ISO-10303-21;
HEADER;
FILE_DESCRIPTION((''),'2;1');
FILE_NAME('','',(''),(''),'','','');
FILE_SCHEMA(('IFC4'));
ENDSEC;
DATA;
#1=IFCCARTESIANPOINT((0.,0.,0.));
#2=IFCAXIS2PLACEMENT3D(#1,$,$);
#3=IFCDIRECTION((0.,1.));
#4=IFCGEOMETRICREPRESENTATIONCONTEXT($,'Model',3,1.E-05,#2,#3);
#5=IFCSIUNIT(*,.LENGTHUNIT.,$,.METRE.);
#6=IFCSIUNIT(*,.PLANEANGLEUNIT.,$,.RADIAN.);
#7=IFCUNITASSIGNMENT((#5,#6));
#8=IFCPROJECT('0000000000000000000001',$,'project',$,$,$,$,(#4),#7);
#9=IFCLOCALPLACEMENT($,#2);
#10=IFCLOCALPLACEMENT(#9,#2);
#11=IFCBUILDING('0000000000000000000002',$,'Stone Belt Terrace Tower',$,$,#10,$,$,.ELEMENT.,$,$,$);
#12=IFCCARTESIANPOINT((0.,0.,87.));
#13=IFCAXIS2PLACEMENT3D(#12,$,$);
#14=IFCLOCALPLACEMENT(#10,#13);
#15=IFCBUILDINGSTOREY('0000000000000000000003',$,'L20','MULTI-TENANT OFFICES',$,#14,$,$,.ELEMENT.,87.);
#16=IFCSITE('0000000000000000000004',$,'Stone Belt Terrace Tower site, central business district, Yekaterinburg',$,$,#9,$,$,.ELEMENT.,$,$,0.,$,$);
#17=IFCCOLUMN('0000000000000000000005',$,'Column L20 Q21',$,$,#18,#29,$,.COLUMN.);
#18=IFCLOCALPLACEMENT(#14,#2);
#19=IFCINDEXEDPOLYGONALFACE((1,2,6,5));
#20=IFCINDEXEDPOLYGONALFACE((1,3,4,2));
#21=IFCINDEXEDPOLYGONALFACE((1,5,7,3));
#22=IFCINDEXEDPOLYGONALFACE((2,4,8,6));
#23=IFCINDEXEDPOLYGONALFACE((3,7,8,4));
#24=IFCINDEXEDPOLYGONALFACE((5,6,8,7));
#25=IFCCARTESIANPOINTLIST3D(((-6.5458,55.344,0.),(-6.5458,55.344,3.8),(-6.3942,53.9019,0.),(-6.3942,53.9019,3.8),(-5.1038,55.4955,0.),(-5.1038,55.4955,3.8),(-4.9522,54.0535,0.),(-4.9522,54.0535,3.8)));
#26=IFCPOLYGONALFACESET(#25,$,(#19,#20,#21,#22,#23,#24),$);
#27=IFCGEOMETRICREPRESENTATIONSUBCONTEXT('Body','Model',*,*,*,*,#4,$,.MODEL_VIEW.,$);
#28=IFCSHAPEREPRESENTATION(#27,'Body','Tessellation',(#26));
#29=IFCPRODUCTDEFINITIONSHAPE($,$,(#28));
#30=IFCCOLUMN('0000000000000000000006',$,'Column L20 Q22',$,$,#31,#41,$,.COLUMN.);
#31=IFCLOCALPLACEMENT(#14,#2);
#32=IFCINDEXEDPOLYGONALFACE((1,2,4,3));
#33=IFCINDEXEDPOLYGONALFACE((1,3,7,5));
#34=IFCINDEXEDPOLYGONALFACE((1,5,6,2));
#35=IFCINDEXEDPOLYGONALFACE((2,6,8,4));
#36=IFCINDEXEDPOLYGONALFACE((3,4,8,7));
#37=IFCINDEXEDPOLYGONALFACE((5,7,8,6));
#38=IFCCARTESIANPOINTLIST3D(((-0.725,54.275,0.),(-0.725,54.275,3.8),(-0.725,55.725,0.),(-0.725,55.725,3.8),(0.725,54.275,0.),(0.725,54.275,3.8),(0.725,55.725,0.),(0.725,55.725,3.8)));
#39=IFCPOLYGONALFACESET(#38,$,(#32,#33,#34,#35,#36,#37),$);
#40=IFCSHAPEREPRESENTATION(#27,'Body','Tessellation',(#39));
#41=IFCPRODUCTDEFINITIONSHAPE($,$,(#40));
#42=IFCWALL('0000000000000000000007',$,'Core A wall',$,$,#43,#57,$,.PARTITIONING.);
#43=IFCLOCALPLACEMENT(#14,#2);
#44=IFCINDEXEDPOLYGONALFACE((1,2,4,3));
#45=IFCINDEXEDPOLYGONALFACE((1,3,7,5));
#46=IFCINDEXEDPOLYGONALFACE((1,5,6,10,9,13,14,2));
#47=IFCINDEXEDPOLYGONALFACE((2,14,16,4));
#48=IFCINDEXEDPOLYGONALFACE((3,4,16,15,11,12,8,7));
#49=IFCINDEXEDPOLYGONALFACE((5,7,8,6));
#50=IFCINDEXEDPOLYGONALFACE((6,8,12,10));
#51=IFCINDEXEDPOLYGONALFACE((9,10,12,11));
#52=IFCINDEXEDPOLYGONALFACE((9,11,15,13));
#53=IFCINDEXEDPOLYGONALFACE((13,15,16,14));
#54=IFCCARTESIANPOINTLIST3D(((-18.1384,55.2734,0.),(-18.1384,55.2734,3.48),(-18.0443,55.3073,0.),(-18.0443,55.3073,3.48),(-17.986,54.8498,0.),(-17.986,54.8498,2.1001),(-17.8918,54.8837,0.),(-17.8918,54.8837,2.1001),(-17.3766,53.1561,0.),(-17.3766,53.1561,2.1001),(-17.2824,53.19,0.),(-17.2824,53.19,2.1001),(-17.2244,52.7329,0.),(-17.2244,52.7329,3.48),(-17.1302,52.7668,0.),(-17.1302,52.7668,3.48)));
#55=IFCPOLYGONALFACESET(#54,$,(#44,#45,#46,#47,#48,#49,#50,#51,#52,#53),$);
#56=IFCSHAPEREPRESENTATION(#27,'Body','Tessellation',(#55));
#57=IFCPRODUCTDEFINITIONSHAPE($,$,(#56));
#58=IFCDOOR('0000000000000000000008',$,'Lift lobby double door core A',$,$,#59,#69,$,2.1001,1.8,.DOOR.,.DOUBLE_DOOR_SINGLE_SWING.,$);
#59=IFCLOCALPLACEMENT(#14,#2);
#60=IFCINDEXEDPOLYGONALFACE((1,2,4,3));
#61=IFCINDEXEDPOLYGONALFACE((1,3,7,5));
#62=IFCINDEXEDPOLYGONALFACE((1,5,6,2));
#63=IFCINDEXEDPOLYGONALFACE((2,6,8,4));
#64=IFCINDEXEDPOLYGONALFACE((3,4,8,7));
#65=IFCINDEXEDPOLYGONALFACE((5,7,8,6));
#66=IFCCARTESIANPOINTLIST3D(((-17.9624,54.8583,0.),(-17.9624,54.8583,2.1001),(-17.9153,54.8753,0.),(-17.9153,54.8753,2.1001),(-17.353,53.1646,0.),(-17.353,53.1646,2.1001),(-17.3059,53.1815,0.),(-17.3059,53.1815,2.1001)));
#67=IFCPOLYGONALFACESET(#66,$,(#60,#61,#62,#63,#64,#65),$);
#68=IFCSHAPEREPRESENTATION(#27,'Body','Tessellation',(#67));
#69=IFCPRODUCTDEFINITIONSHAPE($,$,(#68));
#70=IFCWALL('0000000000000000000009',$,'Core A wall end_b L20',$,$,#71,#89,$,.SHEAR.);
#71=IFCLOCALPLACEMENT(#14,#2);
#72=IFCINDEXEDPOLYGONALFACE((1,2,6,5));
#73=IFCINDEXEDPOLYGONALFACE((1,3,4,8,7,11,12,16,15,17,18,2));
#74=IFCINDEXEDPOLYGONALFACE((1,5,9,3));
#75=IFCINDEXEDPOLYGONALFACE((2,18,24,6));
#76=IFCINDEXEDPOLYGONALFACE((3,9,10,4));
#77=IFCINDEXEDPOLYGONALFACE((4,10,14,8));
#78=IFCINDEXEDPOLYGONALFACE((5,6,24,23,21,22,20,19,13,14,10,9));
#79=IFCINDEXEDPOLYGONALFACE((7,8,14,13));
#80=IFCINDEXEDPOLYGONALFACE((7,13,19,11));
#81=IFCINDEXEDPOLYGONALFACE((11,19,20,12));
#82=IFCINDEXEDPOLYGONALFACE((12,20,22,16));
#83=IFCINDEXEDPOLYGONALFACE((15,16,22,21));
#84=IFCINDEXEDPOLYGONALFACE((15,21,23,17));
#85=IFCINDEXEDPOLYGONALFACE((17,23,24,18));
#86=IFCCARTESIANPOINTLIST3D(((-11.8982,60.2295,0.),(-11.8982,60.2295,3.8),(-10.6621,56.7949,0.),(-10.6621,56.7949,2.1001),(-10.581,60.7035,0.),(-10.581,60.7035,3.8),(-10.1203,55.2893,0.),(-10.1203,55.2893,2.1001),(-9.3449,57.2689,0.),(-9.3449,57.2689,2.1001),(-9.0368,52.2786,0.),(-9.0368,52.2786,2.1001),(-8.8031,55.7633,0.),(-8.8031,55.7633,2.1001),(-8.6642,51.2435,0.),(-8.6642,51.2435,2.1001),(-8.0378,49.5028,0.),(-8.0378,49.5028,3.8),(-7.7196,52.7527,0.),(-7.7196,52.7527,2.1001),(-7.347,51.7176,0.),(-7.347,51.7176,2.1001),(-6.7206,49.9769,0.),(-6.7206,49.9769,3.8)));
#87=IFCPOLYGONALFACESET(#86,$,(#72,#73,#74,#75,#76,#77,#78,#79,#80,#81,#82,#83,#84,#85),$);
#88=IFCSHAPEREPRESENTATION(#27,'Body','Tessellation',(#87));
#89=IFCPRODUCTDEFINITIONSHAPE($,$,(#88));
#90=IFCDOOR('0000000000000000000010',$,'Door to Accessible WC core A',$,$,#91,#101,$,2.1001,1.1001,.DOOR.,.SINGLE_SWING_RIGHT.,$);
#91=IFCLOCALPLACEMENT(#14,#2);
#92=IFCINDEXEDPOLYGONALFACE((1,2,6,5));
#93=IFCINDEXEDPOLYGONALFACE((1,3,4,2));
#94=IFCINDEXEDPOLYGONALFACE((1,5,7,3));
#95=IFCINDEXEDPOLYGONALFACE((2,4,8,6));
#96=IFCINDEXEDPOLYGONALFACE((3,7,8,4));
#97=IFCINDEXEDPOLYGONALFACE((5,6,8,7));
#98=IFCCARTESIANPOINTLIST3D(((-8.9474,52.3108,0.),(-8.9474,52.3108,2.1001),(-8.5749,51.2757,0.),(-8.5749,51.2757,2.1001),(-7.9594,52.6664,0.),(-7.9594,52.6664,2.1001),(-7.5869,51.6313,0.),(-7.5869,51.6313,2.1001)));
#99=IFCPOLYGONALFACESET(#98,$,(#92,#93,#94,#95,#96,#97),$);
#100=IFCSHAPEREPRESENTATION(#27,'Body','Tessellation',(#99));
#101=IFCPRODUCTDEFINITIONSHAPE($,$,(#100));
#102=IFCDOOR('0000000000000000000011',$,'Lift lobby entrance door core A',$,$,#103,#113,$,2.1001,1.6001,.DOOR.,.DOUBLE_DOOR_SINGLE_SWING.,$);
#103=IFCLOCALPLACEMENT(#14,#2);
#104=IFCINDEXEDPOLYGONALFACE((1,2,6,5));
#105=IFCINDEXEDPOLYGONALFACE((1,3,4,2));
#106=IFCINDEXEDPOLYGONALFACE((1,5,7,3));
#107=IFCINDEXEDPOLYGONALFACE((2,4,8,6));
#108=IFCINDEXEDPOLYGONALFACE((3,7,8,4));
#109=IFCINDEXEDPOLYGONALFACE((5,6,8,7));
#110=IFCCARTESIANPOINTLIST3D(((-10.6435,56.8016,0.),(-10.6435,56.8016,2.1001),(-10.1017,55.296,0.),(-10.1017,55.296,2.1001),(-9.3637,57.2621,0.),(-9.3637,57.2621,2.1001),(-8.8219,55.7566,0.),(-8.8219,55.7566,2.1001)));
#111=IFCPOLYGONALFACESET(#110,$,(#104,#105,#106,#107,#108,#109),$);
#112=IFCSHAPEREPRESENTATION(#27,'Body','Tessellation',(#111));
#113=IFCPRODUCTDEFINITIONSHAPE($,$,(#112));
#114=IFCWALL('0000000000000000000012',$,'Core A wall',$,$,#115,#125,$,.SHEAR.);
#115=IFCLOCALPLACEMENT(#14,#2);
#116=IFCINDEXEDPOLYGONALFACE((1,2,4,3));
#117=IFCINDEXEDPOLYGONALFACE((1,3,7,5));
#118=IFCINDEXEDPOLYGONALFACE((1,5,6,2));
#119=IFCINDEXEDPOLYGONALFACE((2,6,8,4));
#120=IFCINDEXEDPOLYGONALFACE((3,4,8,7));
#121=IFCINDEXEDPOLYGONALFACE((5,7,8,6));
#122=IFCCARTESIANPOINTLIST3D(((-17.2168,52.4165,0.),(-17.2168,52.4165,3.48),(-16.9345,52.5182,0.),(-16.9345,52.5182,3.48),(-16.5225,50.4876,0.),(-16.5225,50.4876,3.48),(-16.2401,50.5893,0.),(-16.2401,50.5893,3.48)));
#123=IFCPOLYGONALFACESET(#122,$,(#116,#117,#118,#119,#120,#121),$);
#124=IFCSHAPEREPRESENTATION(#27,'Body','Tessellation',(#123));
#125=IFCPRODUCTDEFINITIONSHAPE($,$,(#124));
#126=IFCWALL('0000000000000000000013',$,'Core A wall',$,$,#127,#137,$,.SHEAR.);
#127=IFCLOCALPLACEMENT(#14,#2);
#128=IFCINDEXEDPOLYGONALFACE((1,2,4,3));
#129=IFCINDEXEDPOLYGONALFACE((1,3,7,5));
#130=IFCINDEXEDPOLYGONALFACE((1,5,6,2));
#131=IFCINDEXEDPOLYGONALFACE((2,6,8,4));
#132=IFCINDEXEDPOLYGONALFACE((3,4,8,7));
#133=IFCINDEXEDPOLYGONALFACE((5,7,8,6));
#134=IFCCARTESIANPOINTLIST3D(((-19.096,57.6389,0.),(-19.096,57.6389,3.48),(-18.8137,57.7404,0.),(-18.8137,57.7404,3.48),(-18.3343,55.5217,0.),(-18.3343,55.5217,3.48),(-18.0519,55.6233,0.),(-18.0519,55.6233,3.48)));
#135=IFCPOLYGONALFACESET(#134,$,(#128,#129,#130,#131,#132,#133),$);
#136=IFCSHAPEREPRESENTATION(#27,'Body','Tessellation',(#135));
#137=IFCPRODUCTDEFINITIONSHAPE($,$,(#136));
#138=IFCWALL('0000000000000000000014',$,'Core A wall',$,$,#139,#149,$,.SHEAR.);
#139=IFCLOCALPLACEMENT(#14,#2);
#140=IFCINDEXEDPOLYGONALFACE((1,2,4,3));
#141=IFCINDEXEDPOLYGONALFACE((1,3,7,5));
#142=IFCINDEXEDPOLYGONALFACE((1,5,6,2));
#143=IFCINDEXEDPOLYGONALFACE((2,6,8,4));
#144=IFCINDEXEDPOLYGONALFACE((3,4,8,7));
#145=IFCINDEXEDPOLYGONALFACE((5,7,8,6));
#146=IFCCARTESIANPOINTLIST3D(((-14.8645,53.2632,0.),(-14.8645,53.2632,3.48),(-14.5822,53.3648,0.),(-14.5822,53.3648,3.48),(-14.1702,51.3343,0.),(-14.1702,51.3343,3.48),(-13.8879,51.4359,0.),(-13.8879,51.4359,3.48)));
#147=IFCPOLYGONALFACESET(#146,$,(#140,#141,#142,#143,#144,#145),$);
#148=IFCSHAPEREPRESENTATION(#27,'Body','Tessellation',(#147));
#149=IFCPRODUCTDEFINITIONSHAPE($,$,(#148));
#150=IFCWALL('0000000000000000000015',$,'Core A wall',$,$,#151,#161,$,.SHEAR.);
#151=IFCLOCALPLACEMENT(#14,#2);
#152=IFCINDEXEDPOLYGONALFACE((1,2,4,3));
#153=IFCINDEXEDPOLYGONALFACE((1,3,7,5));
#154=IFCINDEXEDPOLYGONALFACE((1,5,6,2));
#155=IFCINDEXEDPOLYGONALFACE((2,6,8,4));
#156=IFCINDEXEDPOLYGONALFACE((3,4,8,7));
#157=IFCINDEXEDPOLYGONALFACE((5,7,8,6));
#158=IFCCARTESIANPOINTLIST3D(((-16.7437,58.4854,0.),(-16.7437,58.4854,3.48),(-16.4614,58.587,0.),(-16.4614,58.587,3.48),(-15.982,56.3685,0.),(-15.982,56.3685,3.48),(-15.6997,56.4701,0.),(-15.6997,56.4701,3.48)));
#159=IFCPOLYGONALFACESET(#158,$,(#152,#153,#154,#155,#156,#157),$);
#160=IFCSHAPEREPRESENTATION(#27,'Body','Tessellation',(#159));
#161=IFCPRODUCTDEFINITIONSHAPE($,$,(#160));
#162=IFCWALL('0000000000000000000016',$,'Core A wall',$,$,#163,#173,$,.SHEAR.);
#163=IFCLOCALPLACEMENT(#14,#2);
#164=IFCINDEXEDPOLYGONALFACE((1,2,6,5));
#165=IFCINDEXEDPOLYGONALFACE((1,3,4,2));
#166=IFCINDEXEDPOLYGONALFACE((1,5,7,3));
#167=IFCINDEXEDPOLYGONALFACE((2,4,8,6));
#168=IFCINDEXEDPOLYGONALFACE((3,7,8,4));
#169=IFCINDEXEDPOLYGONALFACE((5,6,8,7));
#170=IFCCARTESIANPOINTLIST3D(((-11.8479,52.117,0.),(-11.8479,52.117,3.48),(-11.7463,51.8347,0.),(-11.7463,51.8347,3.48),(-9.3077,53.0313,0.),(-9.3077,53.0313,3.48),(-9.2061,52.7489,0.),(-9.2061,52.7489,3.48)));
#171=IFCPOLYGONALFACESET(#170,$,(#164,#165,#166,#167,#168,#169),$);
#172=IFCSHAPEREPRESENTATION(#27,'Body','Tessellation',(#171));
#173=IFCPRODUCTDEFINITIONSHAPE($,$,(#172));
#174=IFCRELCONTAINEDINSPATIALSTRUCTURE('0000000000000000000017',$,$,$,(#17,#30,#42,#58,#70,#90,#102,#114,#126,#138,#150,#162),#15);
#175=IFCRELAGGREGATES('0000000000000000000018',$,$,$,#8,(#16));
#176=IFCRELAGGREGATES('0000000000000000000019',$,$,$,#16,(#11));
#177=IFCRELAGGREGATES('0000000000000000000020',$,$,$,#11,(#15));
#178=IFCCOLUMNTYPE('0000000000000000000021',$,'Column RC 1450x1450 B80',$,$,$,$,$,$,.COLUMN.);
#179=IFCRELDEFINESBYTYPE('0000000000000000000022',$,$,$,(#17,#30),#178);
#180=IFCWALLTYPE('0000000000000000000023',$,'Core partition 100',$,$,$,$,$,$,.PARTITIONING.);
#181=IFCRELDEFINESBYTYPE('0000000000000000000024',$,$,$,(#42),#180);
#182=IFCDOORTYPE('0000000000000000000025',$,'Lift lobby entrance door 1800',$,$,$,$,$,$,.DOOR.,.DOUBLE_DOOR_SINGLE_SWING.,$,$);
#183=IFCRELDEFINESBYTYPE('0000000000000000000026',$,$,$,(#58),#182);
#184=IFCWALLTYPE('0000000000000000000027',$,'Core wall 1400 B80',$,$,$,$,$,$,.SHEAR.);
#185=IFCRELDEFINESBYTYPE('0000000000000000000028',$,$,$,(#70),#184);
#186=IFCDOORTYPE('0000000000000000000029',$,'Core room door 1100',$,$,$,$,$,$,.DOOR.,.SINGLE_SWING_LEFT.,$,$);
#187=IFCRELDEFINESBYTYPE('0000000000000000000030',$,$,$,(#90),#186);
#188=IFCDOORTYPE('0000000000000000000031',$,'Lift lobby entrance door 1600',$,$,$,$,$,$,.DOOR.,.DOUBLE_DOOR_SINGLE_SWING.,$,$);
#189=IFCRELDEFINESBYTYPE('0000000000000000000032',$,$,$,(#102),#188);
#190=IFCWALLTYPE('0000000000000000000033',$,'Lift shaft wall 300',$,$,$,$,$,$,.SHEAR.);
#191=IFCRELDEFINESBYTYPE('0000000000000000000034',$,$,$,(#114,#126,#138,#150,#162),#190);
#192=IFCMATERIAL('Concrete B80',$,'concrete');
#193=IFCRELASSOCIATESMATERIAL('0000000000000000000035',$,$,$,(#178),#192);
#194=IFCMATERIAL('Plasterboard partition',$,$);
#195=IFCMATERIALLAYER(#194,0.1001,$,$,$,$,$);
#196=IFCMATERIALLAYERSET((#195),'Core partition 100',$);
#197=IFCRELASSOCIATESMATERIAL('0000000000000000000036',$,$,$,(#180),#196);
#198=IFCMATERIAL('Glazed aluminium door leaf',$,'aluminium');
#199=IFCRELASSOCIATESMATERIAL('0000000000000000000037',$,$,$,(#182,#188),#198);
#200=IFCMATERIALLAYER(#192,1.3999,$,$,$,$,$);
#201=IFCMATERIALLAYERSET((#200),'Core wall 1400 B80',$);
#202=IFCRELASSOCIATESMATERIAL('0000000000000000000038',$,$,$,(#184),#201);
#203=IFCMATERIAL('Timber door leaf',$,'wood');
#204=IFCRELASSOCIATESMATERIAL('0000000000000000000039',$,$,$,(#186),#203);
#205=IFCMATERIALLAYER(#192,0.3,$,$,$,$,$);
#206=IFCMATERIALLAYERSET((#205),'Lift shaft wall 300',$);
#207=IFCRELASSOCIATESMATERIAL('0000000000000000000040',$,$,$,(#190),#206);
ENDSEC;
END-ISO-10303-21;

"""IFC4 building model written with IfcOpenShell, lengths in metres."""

from ifc_helpers import new_model, si_unit, direction, frame, frame_2d, origin, origin_2d, place, context, subcontext, project, spatial, rectangle, extrude, material, layer, layer_set, material_profile, profile_set, type_object, element, fill, save


model = new_model("IFC4")

# Units and contexts
model_context = context("Model", 3, precision=1e-05, world=origin(), true_north=direction((0.0, 1.0)))
body_context = subcontext(model_context, "Body", "Model", "MODEL_VIEW")
ifc_project = project(units=[si_unit("LENGTHUNIT", "METRE"), si_unit("PLANEANGLEUNIT", "RADIAN")], contexts=[model_context])

# Site, building, storey
site_placement = place(None, origin())
site = spatial("IfcSite", under=ifc_project, at=site_placement, Name="Stone Belt Terrace Tower site, central business district, Yekaterinburg", CompositionType="ELEMENT", RefElevation=0.0)
building_placement = place(site_placement, origin())
building = spatial("IfcBuilding", under=site, at=building_placement, Name="Stone Belt Terrace Tower", CompositionType="ELEMENT")
storey_placement = place(building_placement, frame((0.0, 0.0, 87.0)))
storey = spatial("IfcBuildingStorey", under=building, at=storey_placement, Name="L20", Description="MULTI-TENANT OFFICES", CompositionType="ELEMENT", Elevation=87.0)

# Columns
ifc_material_1 = material(Name="Concrete B80", Category="concrete")
ifc_material_profile = material_profile(ifc_material_1, rectangle(XDim=1.45, YDim=1.45, at=origin_2d()), Name="RC 1450x1450")
ifc_profile_set = profile_set([ifc_material_profile], Name="Concrete B80")
column_type = type_object("IfcColumnType", Name="Column RC 1450x1450 B80", PredefinedType="COLUMN", material=ifc_profile_set)
for number, where, z_axis, x_axis, name in (
    (1, (-5.749, 54.6987, 0.0), (0.0, 0.0, 1.0), (0.994522, 0.104528, 0.0), "Column L20 Q21"),
    (2, (0.0, 55.0, 0.0), (0.0, 0.0, 1.0), (1.0, 0.0, 0.0), "Column L20 Q22"),
):
    element("IfcColumn", number, at=place(storey_placement, frame(where, z_axis=z_axis, x_axis=x_axis)), inside=storey, type_object=column_type, Name=name, PredefinedType="COLUMN", context=body_context, shape_type="SweptSolid", body=[
        extrude(rectangle(XDim=1.45, YDim=1.45, at=origin_2d()), origin(), (0.0, 0.0, 1.0), 3.8),
    ])

# Wall, opening, door
ifc_material_2 = material(Name="Plasterboard partition")
ifc_layer_1 = layer(ifc_material_2, 0.1001)
ifc_layer_set_1 = layer_set([ifc_layer_1], Name="Core partition 100")
wall_type_1 = type_object("IfcWallType", Name="Core partition 100", PredefinedType="PARTITIONING", material=ifc_layer_set_1)
wall_1_placement = place(storey_placement, frame((-17.1772, 52.7498, 0.0), z_axis=(0.0, 0.0, 1.0), x_axis=(-0.338547, 0.94095, 0.0)))
wall_1 = element("IfcWall", 3, at=wall_1_placement, inside=storey, type_object=wall_type_1, Name="Core A wall", PredefinedType="PARTITIONING", context=body_context, shape_type="SweptSolid", body=[
    extrude(rectangle(XDim=2.7, YDim=0.1001, at=frame_2d((1.3501, 0.0))), origin(), (0.0, 0.0, 1.0), 3.48),
])
opening_1_placement = place(wall_1_placement, frame((0.45, 0.0, 0.0)))
opening_1 = element("IfcOpeningElement", 4, at=opening_1_placement, cuts=wall_1, PredefinedType="OPENING", context=body_context, shape_type="SweptSolid", body=[
    extrude(rectangle(XDim=1.8, YDim=2.1001, at=frame_2d((0.8999, 1.05))), frame((0.0, 0.0601, 0.0), z_axis=(0.0, -1.0, 0.0), x_axis=(1.0, 0.0, 0.0)), (0.0, 0.0, 1.0), 0.1201),
])
ifc_material_3 = material(Name="Glazed aluminium door leaf", Category="aluminium")
door_type_1 = type_object("IfcDoorType", Name="Lift lobby entrance door 1800", OperationType="DOUBLE_DOOR_SINGLE_SWING", PredefinedType="DOOR", material=ifc_material_3)
door_1_placement = place(opening_1_placement, origin())
door_1 = element("IfcDoor", 5, at=door_1_placement, inside=storey, type_object=door_type_1, Name="Lift lobby double door core A", OperationType="DOUBLE_DOOR_SINGLE_SWING", OverallHeight=2.1001, OverallWidth=1.8, PredefinedType="DOOR", context=body_context, shape_type="SweptSolid", body=[
    extrude(rectangle(XDim=1.8, YDim=2.1001, at=frame_2d((0.8999, 1.05))), frame((0.0, 0.0249, 0.0), z_axis=(0.0, -1.0, 0.0), x_axis=(1.0, 0.0, 0.0)), (0.0, 0.0, 1.0), 0.05),
])
fill(opening_1, door_1)

# Wall, openings, doors
ifc_layer_2 = layer(ifc_material_1, 1.3999)
ifc_layer_set_2 = layer_set([ifc_layer_2], Name="Core wall 1400 B80")
wall_type_2 = type_object("IfcWallType", Name="Core wall 1400 B80", PredefinedType="SHEAR", material=ifc_layer_set_2)
wall_2_placement = place(storey_placement, frame((-7.3792, 49.7397, 0.0), z_axis=(0.0, 0.0, 1.0), x_axis=(-0.338625, 0.940921, 0.0)))
wall_2 = element("IfcWall", 6, at=wall_2_placement, inside=storey, type_object=wall_type_2, Name="Core A wall end_b L20", PredefinedType="SHEAR", context=body_context, shape_type="SweptSolid", body=[
    extrude(rectangle(XDim=11.4001, YDim=1.3999, at=frame_2d((5.7002, 0.0))), origin(), (0.0, 0.0, 1.0), 3.8),
])
opening_2_placement = place(wall_2_placement, frame((6.1499, 0.0, 0.0)))
opening_2 = element("IfcOpeningElement", 7, at=opening_2_placement, cuts=wall_2, PredefinedType="OPENING", context=body_context, shape_type="SweptSolid", body=[
    extrude(rectangle(XDim=1.6001, YDim=2.1001, at=frame_2d((0.8, 1.05))), frame((0.0, 0.71, 0.0), z_axis=(0.0, -1.0, 0.0), x_axis=(1.0, 0.0, 0.0)), (0.0, 0.0, 1.0), 1.4199),
])
opening_3_placement = place(wall_2_placement, frame((1.8501, 0.0, 0.0)))
opening_3 = element("IfcOpeningElement", 8, at=opening_3_placement, cuts=wall_2, PredefinedType="OPENING", context=body_context, shape_type="SweptSolid", body=[
    extrude(rectangle(XDim=1.1001, YDim=2.1001, at=frame_2d((0.55, 1.05))), frame((0.0, 0.71, 0.0), z_axis=(0.0, -1.0, 0.0), x_axis=(1.0, 0.0, 0.0)), (0.0, 0.0, 1.0), 1.4199),
])
ifc_material_4 = material(Name="Timber door leaf", Category="wood")
door_type_2 = type_object("IfcDoorType", Name="Core room door 1100", OperationType="SINGLE_SWING_LEFT", PredefinedType="DOOR", material=ifc_material_4)
door_2_placement = place(opening_3_placement, origin())
door_2 = element("IfcDoor", 9, at=door_2_placement, inside=storey, type_object=door_type_2, Name="Door to Accessible WC core A", OperationType="SINGLE_SWING_RIGHT", OverallHeight=2.1001, OverallWidth=1.1001, PredefinedType="DOOR", context=body_context, shape_type="SweptSolid", body=[
    extrude(rectangle(XDim=1.1001, YDim=2.1001, at=frame_2d((0.55, 1.05))), frame((0.0, 0.605, 0.0), z_axis=(0.0, -1.0, 0.0), x_axis=(1.0, 0.0, 0.0)), (0.0, 0.0, 1.0), 1.05),
])
fill(opening_3, door_2)
door_type_3 = type_object("IfcDoorType", Name="Lift lobby entrance door 1600", OperationType="DOUBLE_DOOR_SINGLE_SWING", PredefinedType="DOOR", material=ifc_material_3)
door_3_placement = place(opening_2_placement, origin())
door_3 = element("IfcDoor", 10, at=door_3_placement, inside=storey, type_object=door_type_3, Name="Lift lobby entrance door core A", OperationType="DOUBLE_DOOR_SINGLE_SWING", OverallHeight=2.1001, OverallWidth=1.6001, PredefinedType="DOOR", context=body_context, shape_type="SweptSolid", body=[
    extrude(rectangle(XDim=1.6001, YDim=2.1001, at=frame_2d((0.8, 1.05))), frame((0.0, 0.6802, 0.0), z_axis=(0.0, -1.0, 0.0), x_axis=(1.0, 0.0, 0.0)), (0.0, 0.0, 1.0), 1.3601),
])
fill(opening_2, door_3)

# Walls
ifc_layer_3 = layer(ifc_material_1, 0.3)
ifc_layer_set_3 = layer_set([ifc_layer_3], Name="Lift shaft wall 300")
wall_type_3 = type_object("IfcWallType", Name="Lift shaft wall 300", PredefinedType="SHEAR", material=ifc_layer_set_3)
wall_3_placement = place(storey_placement, frame((-16.3813, 50.5386, 0.0), z_axis=(0.0, 0.0, 1.0), x_axis=(-0.338682, 0.940901, 0.0)))
element("IfcWall", 11, at=wall_3_placement, inside=storey, type_object=wall_type_3, Name="Core A wall", PredefinedType="SHEAR", context=body_context, shape_type="SweptSolid", body=[
    extrude(rectangle(XDim=2.05, YDim=0.3, at=frame_2d((1.0249, 0.0))), origin(), (0.0, 0.0, 1.0), 3.48),
])
wall_4_placement = place(storey_placement, frame((-18.1931, 55.5725, 0.0), z_axis=(0.0, 0.0, 1.0), x_axis=(-0.338535, 0.940954, 0.0)))
element("IfcWall", 12, at=wall_4_placement, inside=storey, type_object=wall_type_3, Name="Core A wall", PredefinedType="SHEAR", context=body_context, shape_type="SweptSolid", body=[
    extrude(rectangle(XDim=2.25, YDim=0.3, at=frame_2d((1.125, 0.0))), origin(), (0.0, 0.0, 1.0), 3.48),
])
wall_5_placement = place(storey_placement, frame((-14.0291, 51.3853, 0.0), z_axis=(0.0, 0.0, 1.0), x_axis=(-0.338682, 0.940901, 0.0)))
element("IfcWall", 13, at=wall_5_placement, inside=storey, type_object=wall_type_3, Name="Core A wall", PredefinedType="SHEAR", context=body_context, shape_type="SweptSolid", body=[
    extrude(rectangle(XDim=2.05, YDim=0.3, at=frame_2d((1.0249, 0.0))), origin(), (0.0, 0.0, 1.0), 3.48),
])
wall_6_placement = place(storey_placement, frame((-15.8408, 56.4192, 0.0), z_axis=(0.0, 0.0, 1.0), x_axis=(-0.33857, 0.940941, 0.0)))
element("IfcWall", 14, at=wall_6_placement, inside=storey, type_object=wall_type_3, Name="Core A wall", PredefinedType="SHEAR", context=body_context, shape_type="SweptSolid", body=[
    extrude(rectangle(XDim=2.2498, YDim=0.3, at=frame_2d((1.125, 0.0))), origin(), (0.0, 0.0, 1.0), 3.48),
])
wall_7_placement = place(storey_placement, frame((-11.7971, 51.9758, 0.0), z_axis=(0.0, 0.0, 1.0), x_axis=(0.94091, 0.338655, 0.0)))
element("IfcWall", 15, at=wall_7_placement, inside=storey, type_object=wall_type_3, Name="Core A wall", PredefinedType="SHEAR", context=body_context, shape_type="SweptSolid", body=[
    extrude(rectangle(XDim=2.6997, YDim=0.3, at=frame_2d((1.3499, 0.0))), origin(), (0.0, 0.0, 1.0), 3.48),
])

save(model, "model.ifc")
